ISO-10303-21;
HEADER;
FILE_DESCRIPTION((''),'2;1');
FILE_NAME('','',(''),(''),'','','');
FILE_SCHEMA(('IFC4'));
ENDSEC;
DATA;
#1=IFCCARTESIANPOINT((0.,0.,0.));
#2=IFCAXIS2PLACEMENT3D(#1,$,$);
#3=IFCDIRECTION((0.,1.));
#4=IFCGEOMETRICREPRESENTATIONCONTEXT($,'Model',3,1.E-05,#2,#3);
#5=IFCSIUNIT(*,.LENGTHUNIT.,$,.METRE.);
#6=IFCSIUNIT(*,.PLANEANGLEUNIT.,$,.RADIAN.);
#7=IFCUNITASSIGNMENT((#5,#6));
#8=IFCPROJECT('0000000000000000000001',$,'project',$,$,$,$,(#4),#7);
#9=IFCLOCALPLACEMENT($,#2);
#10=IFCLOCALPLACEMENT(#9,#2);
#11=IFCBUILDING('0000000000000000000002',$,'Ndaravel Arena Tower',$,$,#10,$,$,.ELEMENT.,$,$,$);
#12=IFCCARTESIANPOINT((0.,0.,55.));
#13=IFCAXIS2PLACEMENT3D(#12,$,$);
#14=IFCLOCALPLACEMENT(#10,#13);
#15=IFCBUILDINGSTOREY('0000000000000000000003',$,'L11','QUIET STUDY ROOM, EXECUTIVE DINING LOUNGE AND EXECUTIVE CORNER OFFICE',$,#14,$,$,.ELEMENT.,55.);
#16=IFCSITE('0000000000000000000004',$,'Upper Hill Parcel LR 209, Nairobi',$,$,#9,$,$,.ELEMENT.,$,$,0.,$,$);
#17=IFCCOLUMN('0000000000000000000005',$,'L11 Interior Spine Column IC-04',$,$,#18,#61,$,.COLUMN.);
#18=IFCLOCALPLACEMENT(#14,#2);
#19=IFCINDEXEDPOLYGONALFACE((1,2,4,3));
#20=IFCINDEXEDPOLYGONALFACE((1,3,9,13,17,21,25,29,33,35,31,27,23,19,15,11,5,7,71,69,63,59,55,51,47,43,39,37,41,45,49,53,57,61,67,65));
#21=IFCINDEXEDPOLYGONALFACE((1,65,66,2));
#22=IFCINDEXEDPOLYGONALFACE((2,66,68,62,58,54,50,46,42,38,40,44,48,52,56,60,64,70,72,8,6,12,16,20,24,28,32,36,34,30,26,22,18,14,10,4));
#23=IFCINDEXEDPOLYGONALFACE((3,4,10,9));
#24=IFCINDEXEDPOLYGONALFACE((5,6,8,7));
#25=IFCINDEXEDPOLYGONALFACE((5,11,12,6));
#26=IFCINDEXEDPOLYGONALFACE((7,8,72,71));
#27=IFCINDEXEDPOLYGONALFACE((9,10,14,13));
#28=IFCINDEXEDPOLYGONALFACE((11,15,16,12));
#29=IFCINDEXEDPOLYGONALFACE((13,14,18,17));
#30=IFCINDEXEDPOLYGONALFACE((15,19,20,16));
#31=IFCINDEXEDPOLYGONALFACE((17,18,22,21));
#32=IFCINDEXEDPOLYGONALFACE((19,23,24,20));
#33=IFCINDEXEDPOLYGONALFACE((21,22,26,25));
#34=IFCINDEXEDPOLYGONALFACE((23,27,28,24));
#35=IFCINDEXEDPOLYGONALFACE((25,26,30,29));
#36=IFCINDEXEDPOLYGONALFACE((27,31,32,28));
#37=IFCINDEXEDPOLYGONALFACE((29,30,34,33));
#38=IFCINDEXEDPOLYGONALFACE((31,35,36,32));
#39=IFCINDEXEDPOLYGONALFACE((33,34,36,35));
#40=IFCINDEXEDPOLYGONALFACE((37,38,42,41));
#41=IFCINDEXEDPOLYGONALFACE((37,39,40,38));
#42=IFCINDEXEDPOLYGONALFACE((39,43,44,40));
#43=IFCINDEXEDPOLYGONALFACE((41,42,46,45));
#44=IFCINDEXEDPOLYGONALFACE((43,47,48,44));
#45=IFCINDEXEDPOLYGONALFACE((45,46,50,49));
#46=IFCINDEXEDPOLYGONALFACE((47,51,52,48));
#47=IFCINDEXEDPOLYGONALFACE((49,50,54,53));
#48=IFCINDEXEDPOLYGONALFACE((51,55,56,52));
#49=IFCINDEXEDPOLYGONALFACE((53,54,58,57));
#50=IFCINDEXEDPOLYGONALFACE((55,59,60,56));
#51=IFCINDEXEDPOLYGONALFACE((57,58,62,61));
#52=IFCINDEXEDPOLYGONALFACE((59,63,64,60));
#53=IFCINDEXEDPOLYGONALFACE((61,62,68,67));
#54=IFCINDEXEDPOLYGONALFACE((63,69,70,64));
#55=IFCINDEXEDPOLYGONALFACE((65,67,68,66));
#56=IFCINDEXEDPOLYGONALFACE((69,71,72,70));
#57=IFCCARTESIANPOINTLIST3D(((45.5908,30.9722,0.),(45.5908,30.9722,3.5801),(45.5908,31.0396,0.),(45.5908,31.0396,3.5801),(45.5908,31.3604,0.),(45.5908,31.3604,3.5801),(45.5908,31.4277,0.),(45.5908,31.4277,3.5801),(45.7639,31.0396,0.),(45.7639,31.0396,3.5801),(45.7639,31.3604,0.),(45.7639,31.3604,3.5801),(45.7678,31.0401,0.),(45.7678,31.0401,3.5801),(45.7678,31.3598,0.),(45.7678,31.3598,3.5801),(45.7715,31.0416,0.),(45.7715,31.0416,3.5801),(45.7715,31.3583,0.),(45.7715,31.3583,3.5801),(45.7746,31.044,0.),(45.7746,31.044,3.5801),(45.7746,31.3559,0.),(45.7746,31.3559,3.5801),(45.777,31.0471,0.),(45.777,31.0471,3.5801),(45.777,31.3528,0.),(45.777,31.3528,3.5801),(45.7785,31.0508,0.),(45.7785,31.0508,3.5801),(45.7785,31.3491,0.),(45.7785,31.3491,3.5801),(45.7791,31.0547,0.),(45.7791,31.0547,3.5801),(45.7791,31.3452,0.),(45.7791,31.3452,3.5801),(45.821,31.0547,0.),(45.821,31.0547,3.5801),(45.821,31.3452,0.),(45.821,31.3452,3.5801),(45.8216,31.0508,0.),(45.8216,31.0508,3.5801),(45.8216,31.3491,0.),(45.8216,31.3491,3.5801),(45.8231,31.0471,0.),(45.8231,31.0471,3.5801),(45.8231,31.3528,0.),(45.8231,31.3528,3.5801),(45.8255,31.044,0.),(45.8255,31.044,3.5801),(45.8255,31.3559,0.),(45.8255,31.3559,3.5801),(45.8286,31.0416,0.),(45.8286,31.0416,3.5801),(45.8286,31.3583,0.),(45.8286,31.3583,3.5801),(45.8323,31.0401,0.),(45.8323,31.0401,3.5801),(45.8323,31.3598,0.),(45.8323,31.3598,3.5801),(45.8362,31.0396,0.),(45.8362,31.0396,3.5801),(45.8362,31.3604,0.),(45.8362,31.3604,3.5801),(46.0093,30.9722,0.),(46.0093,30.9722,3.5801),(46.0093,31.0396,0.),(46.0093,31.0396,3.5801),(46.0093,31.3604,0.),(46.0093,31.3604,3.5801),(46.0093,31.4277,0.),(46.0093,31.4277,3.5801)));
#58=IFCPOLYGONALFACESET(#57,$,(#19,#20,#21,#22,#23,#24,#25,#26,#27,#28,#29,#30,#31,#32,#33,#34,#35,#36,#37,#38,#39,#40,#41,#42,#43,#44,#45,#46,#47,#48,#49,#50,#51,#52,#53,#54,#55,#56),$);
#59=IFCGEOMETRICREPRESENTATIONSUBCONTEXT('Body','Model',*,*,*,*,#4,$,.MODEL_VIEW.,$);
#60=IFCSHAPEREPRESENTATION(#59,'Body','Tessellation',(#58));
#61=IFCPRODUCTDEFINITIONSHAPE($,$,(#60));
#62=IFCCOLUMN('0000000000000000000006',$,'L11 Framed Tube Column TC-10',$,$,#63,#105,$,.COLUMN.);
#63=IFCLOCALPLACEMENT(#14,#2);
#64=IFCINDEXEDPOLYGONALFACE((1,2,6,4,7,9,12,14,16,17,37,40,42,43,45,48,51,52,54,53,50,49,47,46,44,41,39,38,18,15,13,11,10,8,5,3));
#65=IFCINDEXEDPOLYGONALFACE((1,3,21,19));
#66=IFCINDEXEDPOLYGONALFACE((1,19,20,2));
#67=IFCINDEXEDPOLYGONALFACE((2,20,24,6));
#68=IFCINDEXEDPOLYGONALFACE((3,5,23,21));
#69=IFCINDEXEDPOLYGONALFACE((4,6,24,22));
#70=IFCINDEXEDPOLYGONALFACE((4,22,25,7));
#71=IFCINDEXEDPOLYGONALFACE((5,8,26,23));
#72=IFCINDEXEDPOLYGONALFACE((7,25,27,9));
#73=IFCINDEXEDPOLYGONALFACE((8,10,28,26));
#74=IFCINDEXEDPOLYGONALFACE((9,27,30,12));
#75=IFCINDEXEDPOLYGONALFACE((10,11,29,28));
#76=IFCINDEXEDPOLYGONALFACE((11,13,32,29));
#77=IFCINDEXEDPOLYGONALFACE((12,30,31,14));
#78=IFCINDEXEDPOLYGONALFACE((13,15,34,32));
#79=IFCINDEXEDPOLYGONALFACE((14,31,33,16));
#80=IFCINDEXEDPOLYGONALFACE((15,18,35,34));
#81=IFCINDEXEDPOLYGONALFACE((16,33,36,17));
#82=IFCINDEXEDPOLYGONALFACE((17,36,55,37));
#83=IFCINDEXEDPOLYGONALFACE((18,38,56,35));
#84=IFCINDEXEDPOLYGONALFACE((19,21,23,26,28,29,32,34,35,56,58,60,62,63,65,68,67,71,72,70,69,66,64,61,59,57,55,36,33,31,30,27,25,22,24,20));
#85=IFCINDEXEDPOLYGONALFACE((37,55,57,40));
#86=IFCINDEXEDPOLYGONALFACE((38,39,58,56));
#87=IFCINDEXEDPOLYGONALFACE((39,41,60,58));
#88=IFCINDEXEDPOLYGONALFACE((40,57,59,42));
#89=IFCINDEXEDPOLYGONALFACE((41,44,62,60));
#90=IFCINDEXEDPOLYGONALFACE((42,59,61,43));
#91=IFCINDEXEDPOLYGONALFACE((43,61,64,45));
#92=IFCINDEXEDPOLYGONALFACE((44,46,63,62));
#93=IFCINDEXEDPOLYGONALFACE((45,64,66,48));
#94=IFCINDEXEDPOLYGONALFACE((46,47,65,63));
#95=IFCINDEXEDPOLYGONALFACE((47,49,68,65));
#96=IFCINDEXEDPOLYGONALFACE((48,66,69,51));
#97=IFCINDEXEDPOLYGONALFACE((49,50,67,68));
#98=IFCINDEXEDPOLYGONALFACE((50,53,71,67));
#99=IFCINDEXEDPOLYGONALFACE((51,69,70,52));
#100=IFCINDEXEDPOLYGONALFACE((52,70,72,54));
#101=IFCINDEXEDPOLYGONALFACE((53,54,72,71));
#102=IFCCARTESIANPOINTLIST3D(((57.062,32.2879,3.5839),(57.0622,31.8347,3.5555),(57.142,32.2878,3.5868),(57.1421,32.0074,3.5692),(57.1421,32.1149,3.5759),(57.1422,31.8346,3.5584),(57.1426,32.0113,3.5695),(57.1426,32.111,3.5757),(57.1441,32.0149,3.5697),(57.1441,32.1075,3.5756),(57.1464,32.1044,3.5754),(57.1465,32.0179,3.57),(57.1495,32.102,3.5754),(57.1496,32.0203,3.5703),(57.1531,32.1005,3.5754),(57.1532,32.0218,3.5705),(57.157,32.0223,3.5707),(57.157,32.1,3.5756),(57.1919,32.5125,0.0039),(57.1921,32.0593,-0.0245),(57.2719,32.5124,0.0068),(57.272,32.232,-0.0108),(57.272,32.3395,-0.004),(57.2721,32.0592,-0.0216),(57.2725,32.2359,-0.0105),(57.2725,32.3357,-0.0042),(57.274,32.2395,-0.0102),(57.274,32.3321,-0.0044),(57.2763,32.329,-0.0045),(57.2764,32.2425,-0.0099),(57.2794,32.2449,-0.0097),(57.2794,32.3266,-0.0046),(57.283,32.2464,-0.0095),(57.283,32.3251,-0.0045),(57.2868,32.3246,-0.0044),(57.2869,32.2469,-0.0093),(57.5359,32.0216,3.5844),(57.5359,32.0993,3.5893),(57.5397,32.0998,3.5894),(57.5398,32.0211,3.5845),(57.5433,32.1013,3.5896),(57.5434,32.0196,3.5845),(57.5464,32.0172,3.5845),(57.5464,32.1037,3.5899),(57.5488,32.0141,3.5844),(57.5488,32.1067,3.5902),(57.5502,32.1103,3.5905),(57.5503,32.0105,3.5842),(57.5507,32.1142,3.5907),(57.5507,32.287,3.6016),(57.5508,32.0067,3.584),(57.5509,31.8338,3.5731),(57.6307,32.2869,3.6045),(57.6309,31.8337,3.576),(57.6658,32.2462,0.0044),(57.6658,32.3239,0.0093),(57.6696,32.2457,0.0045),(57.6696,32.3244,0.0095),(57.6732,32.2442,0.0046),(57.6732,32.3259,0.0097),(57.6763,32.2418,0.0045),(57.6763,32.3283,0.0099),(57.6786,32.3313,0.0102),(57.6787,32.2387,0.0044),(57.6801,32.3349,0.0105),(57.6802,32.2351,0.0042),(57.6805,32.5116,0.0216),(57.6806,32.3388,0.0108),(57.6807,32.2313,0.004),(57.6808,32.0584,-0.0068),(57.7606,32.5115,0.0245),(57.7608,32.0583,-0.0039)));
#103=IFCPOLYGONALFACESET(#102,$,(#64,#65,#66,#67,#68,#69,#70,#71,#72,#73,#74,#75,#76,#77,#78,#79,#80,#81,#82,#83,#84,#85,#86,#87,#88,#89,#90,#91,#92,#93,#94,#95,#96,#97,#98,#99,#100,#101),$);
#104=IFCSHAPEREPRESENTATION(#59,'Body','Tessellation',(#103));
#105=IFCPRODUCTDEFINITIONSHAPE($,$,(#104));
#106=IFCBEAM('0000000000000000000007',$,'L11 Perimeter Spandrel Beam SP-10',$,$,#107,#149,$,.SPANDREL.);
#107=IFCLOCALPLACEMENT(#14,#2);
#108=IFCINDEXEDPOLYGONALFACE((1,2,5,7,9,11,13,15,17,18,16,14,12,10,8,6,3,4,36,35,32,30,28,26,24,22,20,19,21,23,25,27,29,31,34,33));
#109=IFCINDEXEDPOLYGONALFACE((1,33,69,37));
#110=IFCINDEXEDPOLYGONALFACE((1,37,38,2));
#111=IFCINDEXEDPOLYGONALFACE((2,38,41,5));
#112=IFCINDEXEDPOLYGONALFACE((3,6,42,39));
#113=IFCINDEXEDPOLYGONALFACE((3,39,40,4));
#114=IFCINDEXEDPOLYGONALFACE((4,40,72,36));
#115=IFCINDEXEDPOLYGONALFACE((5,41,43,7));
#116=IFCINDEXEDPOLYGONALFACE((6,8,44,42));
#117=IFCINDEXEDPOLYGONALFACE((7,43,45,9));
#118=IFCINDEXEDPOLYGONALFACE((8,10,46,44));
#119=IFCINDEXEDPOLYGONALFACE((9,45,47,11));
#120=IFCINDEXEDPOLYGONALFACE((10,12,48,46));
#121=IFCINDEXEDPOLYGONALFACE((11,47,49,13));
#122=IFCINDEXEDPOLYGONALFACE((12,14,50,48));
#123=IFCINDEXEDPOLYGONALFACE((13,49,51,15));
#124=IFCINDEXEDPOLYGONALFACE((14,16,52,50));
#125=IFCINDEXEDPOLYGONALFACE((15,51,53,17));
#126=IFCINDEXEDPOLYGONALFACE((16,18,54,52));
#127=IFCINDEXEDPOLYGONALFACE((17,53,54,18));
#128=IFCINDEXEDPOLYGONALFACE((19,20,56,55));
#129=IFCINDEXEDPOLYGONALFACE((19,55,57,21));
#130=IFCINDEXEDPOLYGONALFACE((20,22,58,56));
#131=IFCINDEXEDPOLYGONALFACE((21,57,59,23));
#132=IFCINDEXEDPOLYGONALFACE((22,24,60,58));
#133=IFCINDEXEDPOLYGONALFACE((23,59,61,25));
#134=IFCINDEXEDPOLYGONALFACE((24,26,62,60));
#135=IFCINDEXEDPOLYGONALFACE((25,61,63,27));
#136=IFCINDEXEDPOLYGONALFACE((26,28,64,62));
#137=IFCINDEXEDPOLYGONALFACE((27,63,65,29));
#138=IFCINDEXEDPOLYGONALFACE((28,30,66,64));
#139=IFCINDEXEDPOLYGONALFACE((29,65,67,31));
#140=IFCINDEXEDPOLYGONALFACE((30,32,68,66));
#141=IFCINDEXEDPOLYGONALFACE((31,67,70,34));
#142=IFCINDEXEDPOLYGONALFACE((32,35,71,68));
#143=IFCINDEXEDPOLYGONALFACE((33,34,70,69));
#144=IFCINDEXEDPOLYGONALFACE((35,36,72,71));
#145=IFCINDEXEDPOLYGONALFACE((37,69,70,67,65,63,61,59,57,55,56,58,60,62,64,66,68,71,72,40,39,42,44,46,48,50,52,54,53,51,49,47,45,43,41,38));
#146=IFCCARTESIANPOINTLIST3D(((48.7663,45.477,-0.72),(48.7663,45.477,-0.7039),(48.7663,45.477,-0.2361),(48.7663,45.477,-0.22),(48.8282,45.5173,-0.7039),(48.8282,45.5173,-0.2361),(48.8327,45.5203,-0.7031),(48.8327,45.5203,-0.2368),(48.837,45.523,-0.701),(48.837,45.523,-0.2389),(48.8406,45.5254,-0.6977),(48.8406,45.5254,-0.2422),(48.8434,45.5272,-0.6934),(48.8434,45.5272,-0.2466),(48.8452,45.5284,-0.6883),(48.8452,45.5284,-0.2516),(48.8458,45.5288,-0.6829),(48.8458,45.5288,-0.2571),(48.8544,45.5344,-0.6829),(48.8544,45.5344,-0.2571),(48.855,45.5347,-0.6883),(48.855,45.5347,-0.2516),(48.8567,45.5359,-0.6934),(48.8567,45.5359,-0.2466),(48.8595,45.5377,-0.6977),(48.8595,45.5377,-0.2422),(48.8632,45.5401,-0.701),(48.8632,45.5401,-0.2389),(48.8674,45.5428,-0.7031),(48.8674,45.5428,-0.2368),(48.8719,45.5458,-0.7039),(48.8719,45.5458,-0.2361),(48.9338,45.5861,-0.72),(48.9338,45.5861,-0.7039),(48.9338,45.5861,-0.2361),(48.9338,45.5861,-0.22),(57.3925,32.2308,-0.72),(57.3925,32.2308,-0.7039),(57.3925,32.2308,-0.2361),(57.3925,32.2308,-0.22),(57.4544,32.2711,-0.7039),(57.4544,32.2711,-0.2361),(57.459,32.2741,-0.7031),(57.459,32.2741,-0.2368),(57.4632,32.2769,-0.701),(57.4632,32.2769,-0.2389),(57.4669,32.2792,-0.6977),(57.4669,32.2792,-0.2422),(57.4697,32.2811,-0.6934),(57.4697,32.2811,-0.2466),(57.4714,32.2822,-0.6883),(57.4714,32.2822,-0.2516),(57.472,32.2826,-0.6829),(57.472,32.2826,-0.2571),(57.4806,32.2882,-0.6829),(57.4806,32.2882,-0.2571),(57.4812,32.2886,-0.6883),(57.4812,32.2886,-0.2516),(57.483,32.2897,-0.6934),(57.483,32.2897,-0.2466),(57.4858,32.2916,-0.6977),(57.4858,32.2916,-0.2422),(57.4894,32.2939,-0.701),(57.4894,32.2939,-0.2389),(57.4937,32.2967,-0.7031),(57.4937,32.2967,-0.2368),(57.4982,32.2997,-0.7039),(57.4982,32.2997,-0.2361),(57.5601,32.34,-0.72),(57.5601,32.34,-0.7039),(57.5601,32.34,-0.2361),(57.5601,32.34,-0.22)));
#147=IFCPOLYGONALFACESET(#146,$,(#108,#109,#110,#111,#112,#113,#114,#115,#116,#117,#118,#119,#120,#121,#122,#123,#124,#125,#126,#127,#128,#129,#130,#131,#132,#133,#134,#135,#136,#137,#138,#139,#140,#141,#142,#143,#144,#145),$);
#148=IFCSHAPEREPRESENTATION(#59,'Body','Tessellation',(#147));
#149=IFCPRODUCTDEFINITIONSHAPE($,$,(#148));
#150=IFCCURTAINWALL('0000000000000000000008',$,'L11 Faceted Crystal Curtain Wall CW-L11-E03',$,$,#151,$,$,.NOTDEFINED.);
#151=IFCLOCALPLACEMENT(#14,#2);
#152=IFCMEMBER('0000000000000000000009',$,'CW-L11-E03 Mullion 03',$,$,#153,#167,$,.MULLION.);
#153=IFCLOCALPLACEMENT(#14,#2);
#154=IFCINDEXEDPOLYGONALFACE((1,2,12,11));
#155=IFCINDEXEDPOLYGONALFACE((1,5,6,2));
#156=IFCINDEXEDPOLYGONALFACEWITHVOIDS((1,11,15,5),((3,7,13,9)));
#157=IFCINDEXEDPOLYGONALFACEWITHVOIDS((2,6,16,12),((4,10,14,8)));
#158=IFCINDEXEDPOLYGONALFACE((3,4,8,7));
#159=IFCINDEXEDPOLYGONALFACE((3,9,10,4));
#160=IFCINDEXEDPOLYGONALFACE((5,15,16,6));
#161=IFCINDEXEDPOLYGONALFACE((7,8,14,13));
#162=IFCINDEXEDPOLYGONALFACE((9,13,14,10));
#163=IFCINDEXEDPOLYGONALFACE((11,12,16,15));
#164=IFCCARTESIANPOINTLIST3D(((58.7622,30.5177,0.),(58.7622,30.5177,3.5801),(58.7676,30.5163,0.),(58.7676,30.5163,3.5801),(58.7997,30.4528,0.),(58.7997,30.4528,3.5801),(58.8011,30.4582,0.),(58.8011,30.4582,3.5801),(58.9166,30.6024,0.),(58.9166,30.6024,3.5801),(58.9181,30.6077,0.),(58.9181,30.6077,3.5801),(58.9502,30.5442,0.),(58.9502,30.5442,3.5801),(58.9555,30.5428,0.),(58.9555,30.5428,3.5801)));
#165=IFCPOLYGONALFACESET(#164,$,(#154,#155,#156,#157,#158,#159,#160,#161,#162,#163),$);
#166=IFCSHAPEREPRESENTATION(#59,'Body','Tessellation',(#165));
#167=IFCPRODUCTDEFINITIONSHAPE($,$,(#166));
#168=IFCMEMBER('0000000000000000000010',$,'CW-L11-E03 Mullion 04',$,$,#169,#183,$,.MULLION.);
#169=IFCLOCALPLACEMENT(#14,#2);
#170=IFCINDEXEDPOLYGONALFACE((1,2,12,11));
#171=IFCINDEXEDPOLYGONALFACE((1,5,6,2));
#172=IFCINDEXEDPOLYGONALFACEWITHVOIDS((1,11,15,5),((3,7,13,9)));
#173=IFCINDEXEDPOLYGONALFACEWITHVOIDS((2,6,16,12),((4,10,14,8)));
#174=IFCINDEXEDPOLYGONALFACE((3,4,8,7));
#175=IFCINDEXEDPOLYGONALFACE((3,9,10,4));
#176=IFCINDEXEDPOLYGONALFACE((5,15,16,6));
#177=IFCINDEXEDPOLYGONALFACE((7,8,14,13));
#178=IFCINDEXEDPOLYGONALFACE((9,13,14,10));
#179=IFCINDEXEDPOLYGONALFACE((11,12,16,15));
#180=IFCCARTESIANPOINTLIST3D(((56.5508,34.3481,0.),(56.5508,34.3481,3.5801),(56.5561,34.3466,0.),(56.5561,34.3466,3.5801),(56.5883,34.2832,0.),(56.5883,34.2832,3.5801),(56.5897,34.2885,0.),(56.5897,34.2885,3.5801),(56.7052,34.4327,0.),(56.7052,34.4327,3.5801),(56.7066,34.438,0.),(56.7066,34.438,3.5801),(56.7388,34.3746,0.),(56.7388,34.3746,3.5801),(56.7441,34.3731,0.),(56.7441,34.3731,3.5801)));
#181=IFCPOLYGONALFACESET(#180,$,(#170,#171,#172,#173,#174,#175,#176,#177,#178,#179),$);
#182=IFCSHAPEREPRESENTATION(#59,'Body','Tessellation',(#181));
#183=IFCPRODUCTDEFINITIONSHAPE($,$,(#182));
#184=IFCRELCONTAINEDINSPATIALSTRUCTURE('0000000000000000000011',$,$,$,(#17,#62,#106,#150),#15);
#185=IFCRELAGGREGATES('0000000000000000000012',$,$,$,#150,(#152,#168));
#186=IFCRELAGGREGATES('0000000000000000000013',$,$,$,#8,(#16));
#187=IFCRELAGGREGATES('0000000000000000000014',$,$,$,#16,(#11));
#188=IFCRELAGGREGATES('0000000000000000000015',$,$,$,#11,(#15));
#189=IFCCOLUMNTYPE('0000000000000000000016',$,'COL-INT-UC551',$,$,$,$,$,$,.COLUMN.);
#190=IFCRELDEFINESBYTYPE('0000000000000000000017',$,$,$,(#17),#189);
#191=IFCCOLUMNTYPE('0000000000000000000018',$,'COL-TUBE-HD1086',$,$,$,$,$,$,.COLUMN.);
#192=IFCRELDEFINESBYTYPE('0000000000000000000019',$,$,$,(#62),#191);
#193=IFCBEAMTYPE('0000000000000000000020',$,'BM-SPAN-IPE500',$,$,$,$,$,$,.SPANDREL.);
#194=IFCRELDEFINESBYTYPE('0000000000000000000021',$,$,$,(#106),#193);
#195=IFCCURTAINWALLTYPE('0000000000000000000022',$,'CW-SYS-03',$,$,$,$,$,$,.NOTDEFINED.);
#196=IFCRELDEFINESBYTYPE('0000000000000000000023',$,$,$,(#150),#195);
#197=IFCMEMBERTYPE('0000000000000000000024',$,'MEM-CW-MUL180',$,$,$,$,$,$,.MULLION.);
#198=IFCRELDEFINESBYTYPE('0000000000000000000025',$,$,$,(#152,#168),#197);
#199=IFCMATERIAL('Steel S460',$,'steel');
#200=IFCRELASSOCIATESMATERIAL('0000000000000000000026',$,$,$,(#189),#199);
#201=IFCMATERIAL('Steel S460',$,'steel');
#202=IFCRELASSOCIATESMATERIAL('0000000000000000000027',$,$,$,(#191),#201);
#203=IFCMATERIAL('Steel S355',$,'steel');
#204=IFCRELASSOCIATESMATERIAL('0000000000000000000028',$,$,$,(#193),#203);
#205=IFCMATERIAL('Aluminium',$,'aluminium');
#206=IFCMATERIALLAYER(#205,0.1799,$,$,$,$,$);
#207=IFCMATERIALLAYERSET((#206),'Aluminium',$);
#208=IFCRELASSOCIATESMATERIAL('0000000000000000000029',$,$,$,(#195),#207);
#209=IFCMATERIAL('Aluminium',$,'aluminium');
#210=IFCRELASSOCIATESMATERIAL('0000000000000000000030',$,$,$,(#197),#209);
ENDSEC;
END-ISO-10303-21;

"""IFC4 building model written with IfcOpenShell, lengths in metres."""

from ifc_helpers import new_model, si_unit, direction, frame, origin, origin_2d, place, context, subcontext, project, spatial, hollow_rectangle, i_section, extrude, material, layer, layer_set, material_profile, profile_set, type_object, element, aggregate, save


model = new_model("IFC4")

# Units and contexts
model_context = context("Model", 3, precision=1e-05, world=origin(), true_north=direction((0.0, 1.0)))
body_context = subcontext(model_context, "Body", "Model", "MODEL_VIEW")
ifc_project = project(units=[si_unit("LENGTHUNIT", "METRE"), si_unit("PLANEANGLEUNIT", "RADIAN")], contexts=[model_context])

# Site, building, storey
site_placement = place(None, origin())
site = spatial("IfcSite", under=ifc_project, at=site_placement, Name="Upper Hill Parcel LR 209, Nairobi", CompositionType="ELEMENT", RefElevation=0.0)
building_placement = place(site_placement, origin())
building = spatial("IfcBuilding", under=site, at=building_placement, Name="Ndaravel Arena Tower", CompositionType="ELEMENT")
storey_placement = place(building_placement, frame((0.0, 0.0, 55.0)))
storey = spatial("IfcBuildingStorey", under=building, at=storey_placement, Name="L11", Description="QUIET STUDY ROOM, EXECUTIVE DINING LOUNGE AND EXECUTIVE CORNER OFFICE", CompositionType="ELEMENT", Elevation=55.0)

# Columns
ifc_material_1 = material(Name="Steel S460", Category="steel")
ifc_material_profile_1 = material_profile(ifc_material_1, i_section(OverallWidth=0.4185, OverallDepth=0.4556, WebThickness=0.042, FlangeThickness=0.0674, FilletRadius=0.0151, at=origin_2d()), Name="UC 356x406x551")
ifc_profile_set_1 = profile_set([ifc_material_profile_1], Name="Steel S460")
column_type_1 = type_object("IfcColumnType", Name="COL-INT-UC551", PredefinedType="COLUMN", material=ifc_profile_set_1)
column_1_placement = place(storey_placement, frame((45.8, 31.2, 0.0), z_axis=(0.0, 0.0, 1.0), x_axis=(1.0, 0.0, 0.0)))
element("IfcColumn", 1, at=column_1_placement, inside=storey, type_object=column_type_1, Name="L11 Interior Spine Column IC-04", PredefinedType="COLUMN", context=body_context, shape_type="SweptSolid", body=[
    extrude(i_section(OverallWidth=0.4185, OverallDepth=0.4556, WebThickness=0.042, FlangeThickness=0.0674, FilletRadius=0.0151, at=origin_2d()), origin(), (0.0, 0.0, 1.0), 3.5801),
])
ifc_material_2 = material(Name="Steel S460", Category="steel")
ifc_material_profile_2 = material_profile(ifc_material_2, i_section(OverallWidth=0.4541, OverallDepth=0.5691, WebThickness=0.0779, FlangeThickness=0.0801, FilletRadius=0.0149, at=origin_2d()), Name="HD 400x1086")
ifc_profile_set_2 = profile_set([ifc_material_profile_2], Name="Steel S460")
column_type_2 = type_object("IfcColumnType", Name="COL-TUBE-HD1086", PredefinedType="COLUMN", material=ifc_profile_set_2)
column_2_placement = place(storey_placement, frame((57.4763, 32.2854, 0.0), z_axis=(-0.036184, -0.062575, 0.997384), x_axis=(-0.000451, 0.998039, 0.062599)))
element("IfcColumn", 2, at=column_2_placement, inside=storey, type_object=column_type_2, Name="L11 Framed Tube Column TC-10", PredefinedType="COLUMN", context=body_context, shape_type="SweptSolid", body=[
    extrude(i_section(OverallWidth=0.4541, OverallDepth=0.5691, WebThickness=0.0779, FlangeThickness=0.0801, FilletRadius=0.0149, at=origin_2d()), origin(), (0.0, 0.0, 1.0), 3.5894),
])

# Beam
ifc_material_3 = material(Name="Steel S355", Category="steel")
ifc_material_profile_3 = material_profile(ifc_material_3, i_section(OverallWidth=0.2, OverallDepth=0.5, WebThickness=0.0103, FlangeThickness=0.0161, FilletRadius=0.021, at=origin_2d()), Name="IPE 500")
ifc_profile_set_3 = profile_set([ifc_material_profile_3], Name="Steel S355")
beam_type = type_object("IfcBeamType", Name="BM-SPAN-IPE500", PredefinedType="SPANDREL", material=ifc_profile_set_3)
beam_placement = place(storey_placement, frame((57.4763, 32.2854, -0.47), z_axis=(-0.545711, 0.837973, 0.0), x_axis=(-0.837973, -0.545711, 0.0)))
element("IfcBeam", 3, at=beam_placement, inside=storey, type_object=beam_type, Name="L11 Perimeter Spandrel Beam SP-10", PredefinedType="SPANDREL", context=body_context, shape_type="SweptSolid", body=[
    extrude(i_section(OverallWidth=0.2, OverallDepth=0.5, WebThickness=0.0103, FlangeThickness=0.0161, FilletRadius=0.021, at=origin_2d()), origin(), (0.0, 0.0, 1.0), 15.8074),
])

# Curtain wall, members
ifc_material_4 = material(Name="Aluminium", Category="aluminium")
ifc_layer_1 = layer(ifc_material_4, 0.1799)
ifc_layer_set_1 = layer_set([ifc_layer_1], Name="Aluminium")
curtain_wall_type = type_object("IfcCurtainWallType", Name="CW-SYS-03", PredefinedType="NOTDEFINED", material=ifc_layer_set_1)
curtain_wall_placement = place(storey_placement, origin())
curtain_wall = element("IfcCurtainWall", 4, at=curtain_wall_placement, inside=storey, type_object=curtain_wall_type, Name="L11 Faceted Crystal Curtain Wall CW-L11-E03", PredefinedType="NOTDEFINED")
ifc_material_5 = material(Name="Aluminium", Category="aluminium")
ifc_material_profile_4 = material_profile(ifc_material_5, hollow_rectangle(XDim=0.075, YDim=0.1799, WallThickness=0.0039, at=origin_2d()), Name="CW MULLION 75x180x4")
ifc_profile_set_4 = profile_set([ifc_material_profile_4], Name="Aluminium")
member_type = type_object("IfcMemberType", Name="MEM-CW-MUL180", PredefinedType="MULLION", material=ifc_profile_set_4)
member_1_placement = place(storey_placement, frame((58.8589, 30.5303, 0.0), z_axis=(0.0, 0.0, 1.0), x_axis=(-0.5, 0.866025, 0.0)))
member_1 = element("IfcMember", 5, at=member_1_placement, type_object=member_type, Name="CW-L11-E03 Mullion 03", PredefinedType="MULLION", context=body_context, shape_type="SweptSolid", body=[
    extrude(hollow_rectangle(XDim=0.075, YDim=0.1799, WallThickness=0.0039, at=origin_2d()), origin(), (0.0, 0.0, 1.0), 3.5801),
])
member_2_placement = place(storey_placement, frame((56.6475, 34.3606, 0.0), z_axis=(0.0, 0.0, 1.0), x_axis=(-0.5, 0.866025, 0.0)))
member_2 = element("IfcMember", 6, at=member_2_placement, type_object=member_type, Name="CW-L11-E03 Mullion 04", PredefinedType="MULLION", context=body_context, shape_type="SweptSolid", body=[
    extrude(hollow_rectangle(XDim=0.075, YDim=0.1799, WallThickness=0.0039, at=origin_2d()), origin(), (0.0, 0.0, 1.0), 3.5801),
])
aggregate(curtain_wall, [member_1, member_2])

save(model, "model.ifc")
